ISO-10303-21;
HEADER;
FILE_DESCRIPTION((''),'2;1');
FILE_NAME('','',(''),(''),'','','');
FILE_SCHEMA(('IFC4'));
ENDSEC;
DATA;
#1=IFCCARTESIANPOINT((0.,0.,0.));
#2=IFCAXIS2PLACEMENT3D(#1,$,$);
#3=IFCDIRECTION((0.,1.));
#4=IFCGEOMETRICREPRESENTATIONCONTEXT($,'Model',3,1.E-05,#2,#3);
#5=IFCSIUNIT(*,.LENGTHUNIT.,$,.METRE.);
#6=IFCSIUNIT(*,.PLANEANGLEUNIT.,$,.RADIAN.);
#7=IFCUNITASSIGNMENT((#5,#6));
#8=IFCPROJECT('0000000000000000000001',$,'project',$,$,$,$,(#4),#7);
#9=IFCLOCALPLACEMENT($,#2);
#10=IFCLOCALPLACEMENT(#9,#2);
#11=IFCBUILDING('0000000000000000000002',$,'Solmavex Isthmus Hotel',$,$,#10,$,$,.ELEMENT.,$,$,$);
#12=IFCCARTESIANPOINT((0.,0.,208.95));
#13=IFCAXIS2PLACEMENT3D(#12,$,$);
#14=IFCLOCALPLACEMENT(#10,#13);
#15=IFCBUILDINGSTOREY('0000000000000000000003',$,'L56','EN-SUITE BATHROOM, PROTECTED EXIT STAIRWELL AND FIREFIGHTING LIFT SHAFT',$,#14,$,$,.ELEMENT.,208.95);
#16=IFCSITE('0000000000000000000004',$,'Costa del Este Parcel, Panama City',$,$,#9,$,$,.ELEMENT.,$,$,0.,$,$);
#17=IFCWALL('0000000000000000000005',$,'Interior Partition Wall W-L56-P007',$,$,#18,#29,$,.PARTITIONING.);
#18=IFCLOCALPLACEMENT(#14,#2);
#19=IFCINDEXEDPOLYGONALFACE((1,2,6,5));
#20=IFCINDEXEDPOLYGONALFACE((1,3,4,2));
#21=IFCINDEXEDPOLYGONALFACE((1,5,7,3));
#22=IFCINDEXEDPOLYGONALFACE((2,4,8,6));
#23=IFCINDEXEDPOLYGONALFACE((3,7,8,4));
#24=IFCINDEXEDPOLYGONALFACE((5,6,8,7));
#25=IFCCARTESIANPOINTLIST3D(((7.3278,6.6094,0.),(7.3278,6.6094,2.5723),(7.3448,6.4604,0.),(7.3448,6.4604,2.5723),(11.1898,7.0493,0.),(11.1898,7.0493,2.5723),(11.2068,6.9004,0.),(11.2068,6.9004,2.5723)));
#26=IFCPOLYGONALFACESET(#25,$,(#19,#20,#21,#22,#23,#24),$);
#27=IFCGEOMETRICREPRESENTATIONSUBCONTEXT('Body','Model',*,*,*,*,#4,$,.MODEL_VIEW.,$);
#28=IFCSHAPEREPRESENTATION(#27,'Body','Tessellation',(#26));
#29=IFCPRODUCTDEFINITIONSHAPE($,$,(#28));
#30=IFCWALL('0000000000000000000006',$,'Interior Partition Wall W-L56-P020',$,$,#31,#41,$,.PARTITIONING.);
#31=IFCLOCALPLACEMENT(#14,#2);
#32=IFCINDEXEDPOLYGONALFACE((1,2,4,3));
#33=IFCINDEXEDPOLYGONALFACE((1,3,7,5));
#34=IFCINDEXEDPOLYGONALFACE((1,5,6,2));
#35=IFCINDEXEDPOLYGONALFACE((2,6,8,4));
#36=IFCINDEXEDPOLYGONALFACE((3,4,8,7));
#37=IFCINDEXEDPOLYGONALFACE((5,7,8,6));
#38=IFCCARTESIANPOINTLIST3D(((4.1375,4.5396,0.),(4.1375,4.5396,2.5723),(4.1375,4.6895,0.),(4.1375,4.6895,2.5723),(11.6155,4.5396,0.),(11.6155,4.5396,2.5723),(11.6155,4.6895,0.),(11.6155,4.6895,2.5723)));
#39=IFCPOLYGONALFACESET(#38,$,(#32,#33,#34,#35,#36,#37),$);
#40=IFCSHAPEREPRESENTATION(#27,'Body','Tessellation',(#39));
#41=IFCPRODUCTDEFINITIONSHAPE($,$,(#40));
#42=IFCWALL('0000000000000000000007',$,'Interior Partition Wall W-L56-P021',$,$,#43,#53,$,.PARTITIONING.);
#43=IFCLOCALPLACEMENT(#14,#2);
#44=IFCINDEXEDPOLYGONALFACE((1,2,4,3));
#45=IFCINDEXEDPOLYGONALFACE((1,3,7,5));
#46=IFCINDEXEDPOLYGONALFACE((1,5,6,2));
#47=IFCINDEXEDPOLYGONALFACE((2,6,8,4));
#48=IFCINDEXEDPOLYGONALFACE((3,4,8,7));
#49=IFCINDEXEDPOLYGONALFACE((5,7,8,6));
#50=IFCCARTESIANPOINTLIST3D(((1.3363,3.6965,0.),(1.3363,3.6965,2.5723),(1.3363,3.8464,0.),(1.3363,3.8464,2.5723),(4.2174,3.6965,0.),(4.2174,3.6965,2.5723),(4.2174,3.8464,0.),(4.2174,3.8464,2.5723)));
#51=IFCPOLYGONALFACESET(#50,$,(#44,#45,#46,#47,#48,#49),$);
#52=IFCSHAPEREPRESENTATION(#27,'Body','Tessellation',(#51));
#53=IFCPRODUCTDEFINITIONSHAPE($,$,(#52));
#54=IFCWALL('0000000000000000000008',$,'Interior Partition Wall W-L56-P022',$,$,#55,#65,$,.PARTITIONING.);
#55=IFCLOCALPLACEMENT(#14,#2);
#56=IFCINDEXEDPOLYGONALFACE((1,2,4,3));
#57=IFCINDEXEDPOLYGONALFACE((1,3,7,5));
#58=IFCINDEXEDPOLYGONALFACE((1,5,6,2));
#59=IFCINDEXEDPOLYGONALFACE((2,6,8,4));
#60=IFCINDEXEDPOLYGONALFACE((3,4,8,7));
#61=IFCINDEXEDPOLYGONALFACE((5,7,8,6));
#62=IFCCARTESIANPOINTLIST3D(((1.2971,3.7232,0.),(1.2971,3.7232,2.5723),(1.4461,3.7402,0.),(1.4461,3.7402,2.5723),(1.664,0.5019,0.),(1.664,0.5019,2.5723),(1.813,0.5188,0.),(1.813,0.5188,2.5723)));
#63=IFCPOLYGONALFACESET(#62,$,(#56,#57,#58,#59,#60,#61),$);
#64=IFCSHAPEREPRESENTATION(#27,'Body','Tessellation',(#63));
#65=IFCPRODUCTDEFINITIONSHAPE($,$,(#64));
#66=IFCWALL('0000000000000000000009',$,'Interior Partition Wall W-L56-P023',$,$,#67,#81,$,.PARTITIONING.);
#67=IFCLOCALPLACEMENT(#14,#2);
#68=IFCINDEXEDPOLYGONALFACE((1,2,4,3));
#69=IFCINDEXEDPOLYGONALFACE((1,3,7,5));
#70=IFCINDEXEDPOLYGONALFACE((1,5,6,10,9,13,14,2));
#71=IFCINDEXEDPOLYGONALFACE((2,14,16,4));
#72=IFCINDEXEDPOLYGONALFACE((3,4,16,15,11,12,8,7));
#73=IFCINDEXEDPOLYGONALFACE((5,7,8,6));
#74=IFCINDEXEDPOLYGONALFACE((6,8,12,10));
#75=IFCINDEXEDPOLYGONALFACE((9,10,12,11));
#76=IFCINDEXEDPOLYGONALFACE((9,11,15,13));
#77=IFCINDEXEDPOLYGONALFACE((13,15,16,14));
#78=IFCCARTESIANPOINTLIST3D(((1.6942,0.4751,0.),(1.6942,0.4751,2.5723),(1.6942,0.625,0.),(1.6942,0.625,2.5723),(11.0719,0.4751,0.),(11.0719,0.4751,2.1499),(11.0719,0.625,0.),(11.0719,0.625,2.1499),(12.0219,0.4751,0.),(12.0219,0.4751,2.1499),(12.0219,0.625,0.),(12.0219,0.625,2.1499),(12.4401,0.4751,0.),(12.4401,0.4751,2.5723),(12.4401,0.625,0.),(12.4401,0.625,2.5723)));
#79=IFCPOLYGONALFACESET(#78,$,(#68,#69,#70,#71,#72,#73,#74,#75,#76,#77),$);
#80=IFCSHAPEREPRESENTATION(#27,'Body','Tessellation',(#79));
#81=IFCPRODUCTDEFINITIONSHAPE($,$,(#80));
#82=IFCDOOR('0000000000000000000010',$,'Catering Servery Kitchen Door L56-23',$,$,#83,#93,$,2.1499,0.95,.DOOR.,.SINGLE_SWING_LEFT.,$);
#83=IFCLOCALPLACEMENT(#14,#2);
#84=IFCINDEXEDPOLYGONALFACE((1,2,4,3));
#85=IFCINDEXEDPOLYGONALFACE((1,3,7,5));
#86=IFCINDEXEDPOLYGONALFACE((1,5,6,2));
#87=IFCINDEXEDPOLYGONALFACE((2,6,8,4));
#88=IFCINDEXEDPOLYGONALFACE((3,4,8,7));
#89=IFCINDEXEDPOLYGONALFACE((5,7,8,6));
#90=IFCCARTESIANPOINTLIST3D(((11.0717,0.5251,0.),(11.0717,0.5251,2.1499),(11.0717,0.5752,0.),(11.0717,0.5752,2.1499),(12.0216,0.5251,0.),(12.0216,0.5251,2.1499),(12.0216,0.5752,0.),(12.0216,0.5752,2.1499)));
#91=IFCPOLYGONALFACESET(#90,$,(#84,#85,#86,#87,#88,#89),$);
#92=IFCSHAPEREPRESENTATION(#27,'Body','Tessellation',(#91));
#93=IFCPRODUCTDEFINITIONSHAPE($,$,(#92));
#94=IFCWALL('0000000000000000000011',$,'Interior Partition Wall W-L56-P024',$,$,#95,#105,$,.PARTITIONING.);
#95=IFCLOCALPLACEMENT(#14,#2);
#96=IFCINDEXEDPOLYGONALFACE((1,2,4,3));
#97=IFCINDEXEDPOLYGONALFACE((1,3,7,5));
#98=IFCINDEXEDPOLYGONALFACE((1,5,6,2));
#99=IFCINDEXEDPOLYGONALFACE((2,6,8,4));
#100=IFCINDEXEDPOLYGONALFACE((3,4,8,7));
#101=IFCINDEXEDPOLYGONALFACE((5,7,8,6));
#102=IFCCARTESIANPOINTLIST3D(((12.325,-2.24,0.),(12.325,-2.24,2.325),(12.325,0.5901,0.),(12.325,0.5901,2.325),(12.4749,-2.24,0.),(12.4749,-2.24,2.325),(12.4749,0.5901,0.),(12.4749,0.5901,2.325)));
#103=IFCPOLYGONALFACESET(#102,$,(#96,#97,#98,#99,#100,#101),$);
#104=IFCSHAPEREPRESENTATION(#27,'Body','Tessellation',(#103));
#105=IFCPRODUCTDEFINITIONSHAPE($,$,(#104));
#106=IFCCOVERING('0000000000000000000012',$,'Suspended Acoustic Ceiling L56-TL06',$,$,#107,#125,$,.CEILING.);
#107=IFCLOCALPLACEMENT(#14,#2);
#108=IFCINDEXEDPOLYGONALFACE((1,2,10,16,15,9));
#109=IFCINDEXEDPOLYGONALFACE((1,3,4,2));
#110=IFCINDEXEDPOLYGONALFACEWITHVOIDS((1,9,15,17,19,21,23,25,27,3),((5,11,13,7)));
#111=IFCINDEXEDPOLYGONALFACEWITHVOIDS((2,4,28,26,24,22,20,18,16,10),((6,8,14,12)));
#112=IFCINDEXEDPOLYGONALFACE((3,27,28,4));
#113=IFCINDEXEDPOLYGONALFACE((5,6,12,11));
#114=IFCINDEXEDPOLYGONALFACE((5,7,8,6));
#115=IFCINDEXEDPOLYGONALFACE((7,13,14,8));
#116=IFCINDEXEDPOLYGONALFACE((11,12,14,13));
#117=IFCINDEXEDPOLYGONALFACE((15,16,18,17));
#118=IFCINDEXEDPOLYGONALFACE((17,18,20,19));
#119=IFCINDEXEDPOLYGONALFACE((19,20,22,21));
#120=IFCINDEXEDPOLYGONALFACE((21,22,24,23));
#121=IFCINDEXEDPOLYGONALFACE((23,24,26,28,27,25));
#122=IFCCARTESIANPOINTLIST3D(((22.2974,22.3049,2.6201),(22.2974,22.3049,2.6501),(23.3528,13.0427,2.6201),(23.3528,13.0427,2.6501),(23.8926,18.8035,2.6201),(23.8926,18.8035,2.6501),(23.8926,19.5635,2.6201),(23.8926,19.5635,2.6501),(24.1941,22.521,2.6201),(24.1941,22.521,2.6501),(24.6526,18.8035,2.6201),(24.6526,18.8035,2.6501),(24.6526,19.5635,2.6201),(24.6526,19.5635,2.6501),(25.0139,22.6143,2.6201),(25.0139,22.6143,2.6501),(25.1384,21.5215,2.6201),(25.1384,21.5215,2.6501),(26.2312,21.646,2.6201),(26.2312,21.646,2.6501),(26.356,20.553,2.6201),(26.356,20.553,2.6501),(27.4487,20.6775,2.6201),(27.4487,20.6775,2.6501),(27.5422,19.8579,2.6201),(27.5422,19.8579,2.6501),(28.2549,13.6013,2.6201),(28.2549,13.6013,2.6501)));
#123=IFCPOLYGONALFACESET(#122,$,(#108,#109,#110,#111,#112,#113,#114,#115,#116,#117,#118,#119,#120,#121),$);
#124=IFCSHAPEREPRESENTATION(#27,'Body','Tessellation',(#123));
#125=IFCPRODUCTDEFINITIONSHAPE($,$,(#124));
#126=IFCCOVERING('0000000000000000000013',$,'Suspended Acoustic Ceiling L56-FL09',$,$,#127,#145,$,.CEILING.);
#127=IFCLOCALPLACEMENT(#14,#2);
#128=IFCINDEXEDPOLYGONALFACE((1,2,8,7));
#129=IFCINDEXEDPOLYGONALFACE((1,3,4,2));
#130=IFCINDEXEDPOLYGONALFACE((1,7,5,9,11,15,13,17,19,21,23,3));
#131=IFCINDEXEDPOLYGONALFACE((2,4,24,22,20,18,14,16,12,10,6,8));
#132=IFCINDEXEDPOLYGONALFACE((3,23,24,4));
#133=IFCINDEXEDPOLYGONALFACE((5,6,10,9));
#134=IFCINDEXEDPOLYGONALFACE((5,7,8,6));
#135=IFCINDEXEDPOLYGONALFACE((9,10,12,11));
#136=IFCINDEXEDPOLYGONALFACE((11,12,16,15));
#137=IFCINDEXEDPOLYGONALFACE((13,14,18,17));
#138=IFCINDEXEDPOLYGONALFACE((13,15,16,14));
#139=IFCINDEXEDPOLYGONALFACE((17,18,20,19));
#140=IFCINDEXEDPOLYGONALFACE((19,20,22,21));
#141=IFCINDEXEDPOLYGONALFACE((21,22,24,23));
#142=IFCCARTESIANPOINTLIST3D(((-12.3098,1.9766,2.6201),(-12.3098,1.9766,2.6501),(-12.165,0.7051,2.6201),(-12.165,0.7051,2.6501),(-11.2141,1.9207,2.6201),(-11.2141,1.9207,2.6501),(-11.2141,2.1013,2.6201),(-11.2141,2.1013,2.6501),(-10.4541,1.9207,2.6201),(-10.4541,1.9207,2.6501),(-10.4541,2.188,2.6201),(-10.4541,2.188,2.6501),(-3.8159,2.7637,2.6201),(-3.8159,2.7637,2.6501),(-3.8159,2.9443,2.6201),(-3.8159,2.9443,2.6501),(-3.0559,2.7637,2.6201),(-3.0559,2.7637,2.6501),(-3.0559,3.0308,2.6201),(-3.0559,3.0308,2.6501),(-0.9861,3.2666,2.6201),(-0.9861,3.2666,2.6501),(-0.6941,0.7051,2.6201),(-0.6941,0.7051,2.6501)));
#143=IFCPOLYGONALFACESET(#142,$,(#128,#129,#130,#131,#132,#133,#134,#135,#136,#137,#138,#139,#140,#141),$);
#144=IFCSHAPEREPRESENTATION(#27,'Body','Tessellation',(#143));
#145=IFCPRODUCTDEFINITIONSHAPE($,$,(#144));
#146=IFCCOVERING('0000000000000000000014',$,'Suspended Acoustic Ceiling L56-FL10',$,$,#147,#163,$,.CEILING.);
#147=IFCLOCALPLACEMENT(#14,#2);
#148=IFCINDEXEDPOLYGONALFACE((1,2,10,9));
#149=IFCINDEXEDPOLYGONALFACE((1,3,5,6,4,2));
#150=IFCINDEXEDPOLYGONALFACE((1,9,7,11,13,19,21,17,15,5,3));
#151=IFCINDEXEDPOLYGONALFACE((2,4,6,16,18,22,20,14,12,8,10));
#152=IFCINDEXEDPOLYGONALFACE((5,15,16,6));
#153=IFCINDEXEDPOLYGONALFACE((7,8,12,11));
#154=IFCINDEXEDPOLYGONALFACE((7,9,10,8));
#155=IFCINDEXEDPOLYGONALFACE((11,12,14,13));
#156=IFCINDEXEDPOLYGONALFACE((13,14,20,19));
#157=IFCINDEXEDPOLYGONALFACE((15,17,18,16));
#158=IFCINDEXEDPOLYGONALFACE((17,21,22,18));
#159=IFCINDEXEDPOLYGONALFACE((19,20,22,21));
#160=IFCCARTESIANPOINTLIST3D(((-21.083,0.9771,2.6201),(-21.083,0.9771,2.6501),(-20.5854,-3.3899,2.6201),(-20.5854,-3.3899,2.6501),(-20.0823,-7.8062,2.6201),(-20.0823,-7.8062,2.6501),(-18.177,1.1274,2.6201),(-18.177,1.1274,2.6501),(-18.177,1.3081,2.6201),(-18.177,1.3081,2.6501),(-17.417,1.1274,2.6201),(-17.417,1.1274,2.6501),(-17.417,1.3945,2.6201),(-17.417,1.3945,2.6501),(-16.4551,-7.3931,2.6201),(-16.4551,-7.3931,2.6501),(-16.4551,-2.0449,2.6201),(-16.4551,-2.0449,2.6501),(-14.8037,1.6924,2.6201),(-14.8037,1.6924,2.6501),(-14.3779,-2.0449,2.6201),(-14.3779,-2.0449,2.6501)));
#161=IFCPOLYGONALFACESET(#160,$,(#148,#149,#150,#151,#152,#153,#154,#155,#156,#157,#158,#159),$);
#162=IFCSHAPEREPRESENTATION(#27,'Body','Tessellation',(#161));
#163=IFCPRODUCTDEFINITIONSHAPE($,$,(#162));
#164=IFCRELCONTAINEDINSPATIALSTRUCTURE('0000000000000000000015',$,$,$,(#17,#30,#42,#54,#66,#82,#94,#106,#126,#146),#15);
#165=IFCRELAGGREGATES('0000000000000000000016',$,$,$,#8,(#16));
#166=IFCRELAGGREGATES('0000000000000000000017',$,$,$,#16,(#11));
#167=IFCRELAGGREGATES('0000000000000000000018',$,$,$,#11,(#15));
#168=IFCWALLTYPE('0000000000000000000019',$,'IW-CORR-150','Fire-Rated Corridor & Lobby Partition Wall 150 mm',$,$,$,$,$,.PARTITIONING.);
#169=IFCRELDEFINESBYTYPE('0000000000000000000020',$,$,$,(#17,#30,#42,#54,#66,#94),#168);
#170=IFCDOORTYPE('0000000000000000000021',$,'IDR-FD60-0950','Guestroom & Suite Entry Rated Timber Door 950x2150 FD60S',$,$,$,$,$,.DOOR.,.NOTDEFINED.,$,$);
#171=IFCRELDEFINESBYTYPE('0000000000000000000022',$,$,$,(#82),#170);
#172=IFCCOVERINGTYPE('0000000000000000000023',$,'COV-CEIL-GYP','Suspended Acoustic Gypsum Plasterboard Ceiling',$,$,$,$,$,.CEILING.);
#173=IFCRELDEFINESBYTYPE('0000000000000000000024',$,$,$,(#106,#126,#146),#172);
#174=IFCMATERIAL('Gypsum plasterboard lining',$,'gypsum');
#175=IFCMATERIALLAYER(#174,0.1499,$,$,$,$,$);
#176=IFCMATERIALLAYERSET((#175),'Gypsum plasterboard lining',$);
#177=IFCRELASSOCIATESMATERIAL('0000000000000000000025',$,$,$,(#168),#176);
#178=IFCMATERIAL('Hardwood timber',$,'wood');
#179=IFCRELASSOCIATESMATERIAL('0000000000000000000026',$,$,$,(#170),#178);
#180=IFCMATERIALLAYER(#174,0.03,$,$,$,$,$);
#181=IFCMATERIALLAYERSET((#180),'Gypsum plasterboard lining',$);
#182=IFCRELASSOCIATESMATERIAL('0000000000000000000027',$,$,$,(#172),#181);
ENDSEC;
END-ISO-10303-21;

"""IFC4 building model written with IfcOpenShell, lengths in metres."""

from ifc_helpers import new_model, si_unit, direction, frame, frame_2d, origin, place, context, subcontext, project, spatial, polyline, rectangle, outline, extrude, material, layer, layer_set, type_object, element, fill, save


model = new_model("IFC4")

# Units and contexts
model_context = context("Model", 3, precision=1e-05, world=origin(), true_north=direction((0.0, 1.0)))
body_context = subcontext(model_context, "Body", "Model", "MODEL_VIEW")
ifc_project = project(units=[si_unit("LENGTHUNIT", "METRE"), si_unit("PLANEANGLEUNIT", "RADIAN")], contexts=[model_context])

# Site, building, storey
site_placement = place(None, origin())
site = spatial("IfcSite", under=ifc_project, at=site_placement, Name="Costa del Este Parcel, Panama City", CompositionType="ELEMENT", RefElevation=0.0)
building_placement = place(site_placement, origin())
building = spatial("IfcBuilding", under=site, at=building_placement, Name="Solmavex Isthmus Hotel", CompositionType="ELEMENT")
storey_placement = place(building_placement, frame((0.0, 0.0, 208.95)))
storey = spatial("IfcBuildingStorey", under=building, at=storey_placement, Name="L56", Description="EN-SUITE BATHROOM, PROTECTED EXIT STAIRWELL AND FIREFIGHTING LIFT SHAFT", CompositionType="ELEMENT", Elevation=208.95)

# Shared definitions
ifc_material_1 = material(Name="Gypsum plasterboard lining", Category="gypsum")
ifc_layer_1 = layer(ifc_material_1, 0.1499)
ifc_layer_set_1 = layer_set([ifc_layer_1], Name="Gypsum plasterboard lining")
wall_type = type_object("IfcWallType", Name="IW-CORR-150", Description="Fire-Rated Corridor & Lobby Partition Wall 150 mm", PredefinedType="PARTITIONING", material=ifc_layer_set_1)
ifc_material_2 = material(Name="Hardwood timber", Category="wood")
door_type = type_object("IfcDoorType", Name="IDR-FD60-0950", Description="Guestroom & Suite Entry Rated Timber Door 950x2150 FD60S", OperationType="NOTDEFINED", PredefinedType="DOOR", material=ifc_material_2)

# Walls
wall_1_placement = place(storey_placement, frame((7.3364, 6.5349, 0.0), z_axis=(0.0, 0.0, 1.0), x_axis=(0.993574, 0.113182, 0.0)))
element("IfcWall", 1, at=wall_1_placement, inside=storey, type_object=wall_type, Name="Interior Partition Wall W-L56-P007", PredefinedType="PARTITIONING", context=body_context, shape_type="SweptSolid", body=[
    extrude(rectangle(XDim=3.887, YDim=0.1499, at=frame_2d((1.9434, 0.0))), origin(), (0.0, 0.0, 1.0), 2.5723),
])
wall_2_placement = place(storey_placement, frame((11.6155, 4.6145, 0.0), z_axis=(0.0, 0.0, 1.0), x_axis=(-1.0, 0.0, 0.0)))
element("IfcWall", 2, at=wall_2_placement, inside=storey, type_object=wall_type, Name="Interior Partition Wall W-L56-P020", PredefinedType="PARTITIONING", context=body_context, shape_type="SweptSolid", body=[
    extrude(rectangle(XDim=7.478, YDim=0.1499, at=frame_2d((3.739, 0.0))), origin(), (0.0, 0.0, 1.0), 2.5723),
])
wall_3_placement = place(storey_placement, frame((4.2173, 3.7715, 0.0), z_axis=(0.0, 0.0, 1.0), x_axis=(-1.0, 0.0, 0.0)))
element("IfcWall", 3, at=wall_3_placement, inside=storey, type_object=wall_type, Name="Interior Partition Wall W-L56-P021", PredefinedType="PARTITIONING", context=body_context, shape_type="SweptSolid", body=[
    extrude(rectangle(XDim=2.8811, YDim=0.1499, at=frame_2d((1.4404, 0.0))), origin(), (0.0, 0.0, 1.0), 2.5723),
])
wall_4_placement = place(storey_placement, frame((1.3716, 3.7317, 0.0), z_axis=(0.0, 0.0, 1.0), x_axis=(0.113175, -0.993575, 0.0)))
element("IfcWall", 4, at=wall_4_placement, inside=storey, type_object=wall_type, Name="Interior Partition Wall W-L56-P022", PredefinedType="PARTITIONING", context=body_context, shape_type="SweptSolid", body=[
    extrude(rectangle(XDim=3.2422, YDim=0.1499, at=frame_2d((1.6211, 0.0))), origin(), (0.0, 0.0, 1.0), 2.5723),
])

# Wall, opening, door
wall_5_placement = place(storey_placement, frame((1.6941, 0.55, 0.0), z_axis=(0.0, 0.0, 1.0), x_axis=(1.0, 0.0, 0.0)))
wall_5 = element("IfcWall", 5, at=wall_5_placement, inside=storey, type_object=wall_type, Name="Interior Partition Wall W-L56-P023", PredefinedType="PARTITIONING", context=body_context, shape_type="SweptSolid", body=[
    extrude(rectangle(XDim=10.7458, YDim=0.1499, at=frame_2d((5.373, 0.0))), origin(), (0.0, 0.0, 1.0), 2.5723),
])
opening_1_placement = place(wall_5_placement, frame((9.3777, 0.0, 0.0)))
opening_1 = element("IfcOpeningElement", 6, at=opening_1_placement, cuts=wall_5, PredefinedType="OPENING", context=body_context, shape_type="SweptSolid", body=[
    extrude(rectangle(XDim=0.95, YDim=2.1499, at=frame_2d((0.4751, 1.075))), frame((0.0, 0.085, 0.0), z_axis=(0.0, -1.0, 0.0), x_axis=(1.0, 0.0, 0.0)), (0.0, 0.0, 1.0), 0.1699),
])
door_1_placement = place(opening_1_placement, frame((0.95, 0.0, 0.0), z_axis=(0.0, 0.0, 1.0), x_axis=(-1.0, 0.0, 0.0)))
door_1 = element("IfcDoor", 7, at=door_1_placement, inside=storey, type_object=door_type, Name="Catering Servery Kitchen Door L56-23", OperationType="SINGLE_SWING_LEFT", OverallHeight=2.1499, OverallWidth=0.95, PredefinedType="DOOR", context=body_context, shape_type="SweptSolid", body=[
    extrude(rectangle(XDim=0.95, YDim=2.1499, at=frame_2d((0.4751, 1.075))), frame((0.0, 0.0249, 0.0), z_axis=(0.0, -1.0, 0.0), x_axis=(1.0, 0.0, 0.0)), (0.0, 0.0, 1.0), 0.05),
])
fill(opening_1, door_1)

# Wall
wall_6_placement = place(storey_placement, frame((12.3999, 0.5901, 0.0), z_axis=(0.0, 0.0, 1.0), x_axis=(0.0, -1.0, 0.0)))
element("IfcWall", 8, at=wall_6_placement, inside=storey, type_object=wall_type, Name="Interior Partition Wall W-L56-P024", PredefinedType="PARTITIONING", context=body_context, shape_type="SweptSolid", body=[
    extrude(rectangle(XDim=2.8301, YDim=0.1499, at=frame_2d((1.415, 0.0))), origin(), (0.0, 0.0, 1.0), 2.325),
])

# Coverings
ifc_layer_2 = layer(ifc_material_1, 0.03)
ifc_layer_set_2 = layer_set([ifc_layer_2], Name="Gypsum plasterboard lining")
covering_type_1 = type_object("IfcCoveringType", Name="COV-CEIL-GYP", Description="Suspended Acoustic Gypsum Plasterboard Ceiling", PredefinedType="CEILING", material=ifc_layer_set_2)
covering_1_placement = place(storey_placement, frame((0.0, 0.0, 2.6201)))
element("IfcCovering", 9, at=covering_1_placement, inside=storey, type_object=covering_type_1, Name="Suspended Acoustic Ceiling L56-TL06", PredefinedType="CEILING", context=body_context, shape_type="SweptSolid", body=[
    extrude(outline(polyline([(25.0139, 22.6143), (24.1941, 22.521), (22.2974, 22.3049), (23.3528, 13.0427), (28.2549, 13.6013), (27.5422, 19.8579), (27.4487, 20.6775), (26.356, 20.553), (26.2312, 21.646), (25.1384, 21.5215), (25.0139, 22.6143)]), holes=[polyline([(23.8926, 19.5635), (24.6526, 19.5635), (24.6526, 18.8035), (23.8926, 18.8035), (23.8926, 19.5635)])]), origin(), (0.0, 0.0, 1.0), 0.03),
])
covering_2_placement = place(storey_placement, frame((0.0, 0.0, 2.6201)))
element("IfcCovering", 10, at=covering_2_placement, inside=storey, type_object=covering_type_1, Name="Suspended Acoustic Ceiling L56-FL09", PredefinedType="CEILING", context=body_context, shape_type="SweptSolid", body=[
    extrude(outline(polyline([(-10.4541, 2.188), (-10.4541, 1.9207), (-11.2141, 1.9207), (-11.2141, 2.1013), (-12.3098, 1.9766), (-12.165, 0.7051), (-0.6941, 0.7051), (-0.9861, 3.2666), (-3.0559, 3.0308), (-3.0559, 2.7637), (-3.8159, 2.7637), (-3.8159, 2.9443), (-10.4541, 2.188)])), origin(), (0.0, 0.0, 1.0), 0.03),
])
covering_3_placement = place(storey_placement, frame((0.0, 0.0, 2.6201)))
element("IfcCovering", 11, at=covering_3_placement, inside=storey, type_object=covering_type_1, Name="Suspended Acoustic Ceiling L56-FL10", PredefinedType="CEILING", context=body_context, shape_type="SweptSolid", body=[
    extrude(outline(polyline([(-17.417, 1.3945), (-17.417, 1.1274), (-18.177, 1.1274), (-18.177, 1.3081), (-21.083, 0.9771), (-20.5854, -3.3899), (-20.0823, -7.8062), (-16.4551, -7.3931), (-16.4551, -2.0449), (-14.3779, -2.0449), (-14.8037, 1.6924), (-17.417, 1.3945)])), origin(), (0.0, 0.0, 1.0), 0.03),
])

save(model, "model.ifc")
